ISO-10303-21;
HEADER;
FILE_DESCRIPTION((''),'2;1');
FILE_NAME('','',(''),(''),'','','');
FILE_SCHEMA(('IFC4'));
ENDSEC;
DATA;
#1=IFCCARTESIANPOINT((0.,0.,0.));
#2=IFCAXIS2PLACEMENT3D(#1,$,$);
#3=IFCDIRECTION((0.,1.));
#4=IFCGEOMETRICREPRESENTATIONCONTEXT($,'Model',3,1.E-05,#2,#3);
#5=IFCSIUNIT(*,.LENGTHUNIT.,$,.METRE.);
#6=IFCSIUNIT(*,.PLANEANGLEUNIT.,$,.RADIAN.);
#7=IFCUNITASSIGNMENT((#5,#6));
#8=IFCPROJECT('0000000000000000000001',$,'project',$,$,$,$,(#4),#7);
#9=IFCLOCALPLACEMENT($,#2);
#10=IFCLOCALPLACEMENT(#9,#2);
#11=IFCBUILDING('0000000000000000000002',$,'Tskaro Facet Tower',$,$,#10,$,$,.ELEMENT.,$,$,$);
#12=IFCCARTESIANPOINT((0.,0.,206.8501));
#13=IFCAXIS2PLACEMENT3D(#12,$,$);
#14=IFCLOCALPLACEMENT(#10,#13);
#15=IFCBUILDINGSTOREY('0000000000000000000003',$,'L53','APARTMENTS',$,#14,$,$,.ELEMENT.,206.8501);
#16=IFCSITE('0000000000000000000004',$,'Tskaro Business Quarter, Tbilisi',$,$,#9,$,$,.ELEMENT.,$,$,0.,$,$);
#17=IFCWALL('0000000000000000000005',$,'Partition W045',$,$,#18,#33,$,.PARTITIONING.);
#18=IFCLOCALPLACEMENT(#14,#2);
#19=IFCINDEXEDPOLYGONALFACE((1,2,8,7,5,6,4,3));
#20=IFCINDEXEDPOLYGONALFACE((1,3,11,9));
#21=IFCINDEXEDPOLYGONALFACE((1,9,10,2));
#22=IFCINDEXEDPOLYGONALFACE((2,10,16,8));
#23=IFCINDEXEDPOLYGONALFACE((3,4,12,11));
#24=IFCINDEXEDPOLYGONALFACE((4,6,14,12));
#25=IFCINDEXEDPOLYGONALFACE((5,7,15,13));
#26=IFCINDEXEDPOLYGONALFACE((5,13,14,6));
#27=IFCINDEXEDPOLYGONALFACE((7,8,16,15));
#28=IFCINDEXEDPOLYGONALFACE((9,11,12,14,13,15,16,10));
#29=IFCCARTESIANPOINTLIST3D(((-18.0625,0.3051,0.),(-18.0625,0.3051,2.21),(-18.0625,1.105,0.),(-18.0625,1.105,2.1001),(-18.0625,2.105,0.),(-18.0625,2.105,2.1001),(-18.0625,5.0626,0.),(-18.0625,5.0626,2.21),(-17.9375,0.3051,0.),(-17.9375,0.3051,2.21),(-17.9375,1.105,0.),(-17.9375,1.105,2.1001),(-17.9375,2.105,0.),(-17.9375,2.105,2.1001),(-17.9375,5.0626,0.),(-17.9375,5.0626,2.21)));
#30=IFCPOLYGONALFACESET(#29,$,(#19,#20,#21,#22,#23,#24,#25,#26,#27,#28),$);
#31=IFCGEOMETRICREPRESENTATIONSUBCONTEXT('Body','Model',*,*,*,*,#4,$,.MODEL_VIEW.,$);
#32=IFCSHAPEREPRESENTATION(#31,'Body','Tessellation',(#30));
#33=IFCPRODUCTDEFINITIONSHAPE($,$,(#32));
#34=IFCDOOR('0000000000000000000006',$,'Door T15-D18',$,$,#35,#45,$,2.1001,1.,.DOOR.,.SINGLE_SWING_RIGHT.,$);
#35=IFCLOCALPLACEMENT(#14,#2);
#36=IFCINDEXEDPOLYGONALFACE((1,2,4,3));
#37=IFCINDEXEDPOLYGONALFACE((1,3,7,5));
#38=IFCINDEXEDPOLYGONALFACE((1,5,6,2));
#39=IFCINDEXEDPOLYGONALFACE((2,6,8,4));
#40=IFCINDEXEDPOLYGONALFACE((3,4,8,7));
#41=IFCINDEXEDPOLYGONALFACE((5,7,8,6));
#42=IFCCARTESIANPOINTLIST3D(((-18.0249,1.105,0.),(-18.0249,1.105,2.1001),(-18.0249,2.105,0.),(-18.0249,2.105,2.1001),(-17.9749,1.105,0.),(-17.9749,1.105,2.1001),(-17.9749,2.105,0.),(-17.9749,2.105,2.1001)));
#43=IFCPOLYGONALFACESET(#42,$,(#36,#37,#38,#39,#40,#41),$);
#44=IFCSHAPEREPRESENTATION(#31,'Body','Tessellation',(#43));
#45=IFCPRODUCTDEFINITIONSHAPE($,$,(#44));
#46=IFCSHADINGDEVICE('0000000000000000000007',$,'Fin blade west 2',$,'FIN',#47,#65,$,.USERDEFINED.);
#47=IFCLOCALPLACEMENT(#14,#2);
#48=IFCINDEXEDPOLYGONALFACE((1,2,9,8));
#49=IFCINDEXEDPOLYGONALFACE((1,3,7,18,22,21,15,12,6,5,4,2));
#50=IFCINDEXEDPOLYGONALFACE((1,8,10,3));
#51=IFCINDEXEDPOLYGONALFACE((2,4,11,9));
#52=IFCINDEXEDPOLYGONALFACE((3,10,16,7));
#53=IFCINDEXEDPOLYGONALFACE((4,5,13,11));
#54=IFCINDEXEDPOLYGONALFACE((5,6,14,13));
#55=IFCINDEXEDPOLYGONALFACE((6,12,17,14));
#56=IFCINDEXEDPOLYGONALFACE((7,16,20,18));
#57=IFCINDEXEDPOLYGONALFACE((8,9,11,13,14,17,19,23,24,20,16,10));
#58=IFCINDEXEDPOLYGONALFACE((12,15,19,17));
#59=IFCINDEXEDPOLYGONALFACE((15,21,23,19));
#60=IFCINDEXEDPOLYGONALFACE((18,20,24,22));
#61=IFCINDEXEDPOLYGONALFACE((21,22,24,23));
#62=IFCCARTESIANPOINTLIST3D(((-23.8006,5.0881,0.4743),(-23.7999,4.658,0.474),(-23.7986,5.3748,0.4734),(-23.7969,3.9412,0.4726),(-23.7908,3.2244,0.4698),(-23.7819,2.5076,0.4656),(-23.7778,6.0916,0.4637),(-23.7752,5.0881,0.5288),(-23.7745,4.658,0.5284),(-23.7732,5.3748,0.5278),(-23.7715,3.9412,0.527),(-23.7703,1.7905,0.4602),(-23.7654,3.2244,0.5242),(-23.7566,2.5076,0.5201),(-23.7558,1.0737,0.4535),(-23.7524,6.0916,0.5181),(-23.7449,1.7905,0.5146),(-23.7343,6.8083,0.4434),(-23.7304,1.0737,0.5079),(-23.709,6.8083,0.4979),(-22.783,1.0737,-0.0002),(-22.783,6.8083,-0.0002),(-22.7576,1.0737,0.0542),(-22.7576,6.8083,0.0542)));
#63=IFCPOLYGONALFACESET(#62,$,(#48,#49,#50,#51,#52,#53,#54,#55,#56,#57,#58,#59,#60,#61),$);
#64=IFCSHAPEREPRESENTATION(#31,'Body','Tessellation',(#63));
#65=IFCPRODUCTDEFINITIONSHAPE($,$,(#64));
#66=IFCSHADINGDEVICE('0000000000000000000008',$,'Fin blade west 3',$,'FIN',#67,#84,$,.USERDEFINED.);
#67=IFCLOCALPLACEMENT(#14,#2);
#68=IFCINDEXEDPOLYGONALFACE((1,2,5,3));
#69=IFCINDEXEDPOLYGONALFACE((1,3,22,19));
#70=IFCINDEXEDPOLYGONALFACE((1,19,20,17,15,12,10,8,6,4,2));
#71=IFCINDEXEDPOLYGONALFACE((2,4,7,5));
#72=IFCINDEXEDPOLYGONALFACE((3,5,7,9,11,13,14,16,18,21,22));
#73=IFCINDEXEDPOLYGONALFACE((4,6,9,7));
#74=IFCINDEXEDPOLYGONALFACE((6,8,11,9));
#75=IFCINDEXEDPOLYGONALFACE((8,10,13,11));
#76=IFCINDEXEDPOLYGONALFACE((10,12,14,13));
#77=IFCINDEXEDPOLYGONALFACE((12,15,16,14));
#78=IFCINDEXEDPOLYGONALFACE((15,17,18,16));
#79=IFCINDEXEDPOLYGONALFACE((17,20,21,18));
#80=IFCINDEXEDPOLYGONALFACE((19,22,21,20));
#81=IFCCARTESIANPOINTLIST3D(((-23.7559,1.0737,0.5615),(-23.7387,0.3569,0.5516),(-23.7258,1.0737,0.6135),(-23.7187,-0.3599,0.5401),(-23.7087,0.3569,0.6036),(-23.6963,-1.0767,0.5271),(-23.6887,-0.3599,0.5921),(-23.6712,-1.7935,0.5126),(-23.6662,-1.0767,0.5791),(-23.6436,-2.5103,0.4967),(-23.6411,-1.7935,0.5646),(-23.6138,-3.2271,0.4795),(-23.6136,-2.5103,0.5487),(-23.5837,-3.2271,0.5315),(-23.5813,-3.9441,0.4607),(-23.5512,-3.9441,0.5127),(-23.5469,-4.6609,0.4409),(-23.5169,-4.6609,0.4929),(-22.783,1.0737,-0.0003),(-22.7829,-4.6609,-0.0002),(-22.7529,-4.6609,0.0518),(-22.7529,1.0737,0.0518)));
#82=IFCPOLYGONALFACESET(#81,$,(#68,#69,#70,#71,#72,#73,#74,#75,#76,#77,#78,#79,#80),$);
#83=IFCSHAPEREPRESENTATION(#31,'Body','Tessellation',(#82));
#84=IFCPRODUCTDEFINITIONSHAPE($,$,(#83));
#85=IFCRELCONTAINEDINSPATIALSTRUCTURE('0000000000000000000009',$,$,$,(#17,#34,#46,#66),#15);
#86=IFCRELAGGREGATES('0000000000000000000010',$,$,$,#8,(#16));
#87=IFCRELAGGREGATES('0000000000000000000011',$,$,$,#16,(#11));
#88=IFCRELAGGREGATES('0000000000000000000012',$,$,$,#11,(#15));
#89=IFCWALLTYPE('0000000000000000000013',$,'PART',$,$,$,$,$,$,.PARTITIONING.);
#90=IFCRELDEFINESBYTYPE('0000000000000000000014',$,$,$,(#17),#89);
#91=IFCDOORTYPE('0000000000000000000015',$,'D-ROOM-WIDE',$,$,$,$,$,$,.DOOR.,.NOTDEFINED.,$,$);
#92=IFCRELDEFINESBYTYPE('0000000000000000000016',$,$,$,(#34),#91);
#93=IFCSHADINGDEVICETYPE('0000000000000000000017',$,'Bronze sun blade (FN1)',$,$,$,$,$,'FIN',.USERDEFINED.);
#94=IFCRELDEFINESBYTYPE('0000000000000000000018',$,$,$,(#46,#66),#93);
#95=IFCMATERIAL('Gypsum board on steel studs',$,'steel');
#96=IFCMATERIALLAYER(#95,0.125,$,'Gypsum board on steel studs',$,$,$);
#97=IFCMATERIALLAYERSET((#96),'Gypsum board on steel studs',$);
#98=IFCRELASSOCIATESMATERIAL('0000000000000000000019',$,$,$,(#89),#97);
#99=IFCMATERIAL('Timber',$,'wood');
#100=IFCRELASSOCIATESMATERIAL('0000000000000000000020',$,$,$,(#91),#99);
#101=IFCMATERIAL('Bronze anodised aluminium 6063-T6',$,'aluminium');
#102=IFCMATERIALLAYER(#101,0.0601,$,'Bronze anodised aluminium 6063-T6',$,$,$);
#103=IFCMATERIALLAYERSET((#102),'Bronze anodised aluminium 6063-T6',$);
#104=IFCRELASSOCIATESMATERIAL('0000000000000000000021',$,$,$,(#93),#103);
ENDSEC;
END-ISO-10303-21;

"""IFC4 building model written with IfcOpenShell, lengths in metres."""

from ifc_helpers import new_model, si_unit, direction, frame, frame_2d, origin, place, context, subcontext, project, spatial, polyline, rectangle, outline, extrude, material, layer, layer_set, type_object, element, fill, save


model = new_model("IFC4")

# Units and contexts
model_context = context("Model", 3, precision=1e-05, world=origin(), true_north=direction((0.0, 1.0)))
body_context = subcontext(model_context, "Body", "Model", "MODEL_VIEW")
ifc_project = project(units=[si_unit("LENGTHUNIT", "METRE"), si_unit("PLANEANGLEUNIT", "RADIAN")], contexts=[model_context])

# Site, building, storey
site_placement = place(None, origin())
site = spatial("IfcSite", under=ifc_project, at=site_placement, Name="Tskaro Business Quarter, Tbilisi", CompositionType="ELEMENT", RefElevation=0.0)
building_placement = place(site_placement, origin())
building = spatial("IfcBuilding", under=site, at=building_placement, Name="Tskaro Facet Tower", CompositionType="ELEMENT")
storey_placement = place(building_placement, frame((0.0, 0.0, 206.8501)))
storey = spatial("IfcBuildingStorey", under=building, at=storey_placement, Name="L53", Description="APARTMENTS", CompositionType="ELEMENT", Elevation=206.8501)

# Shared definitions
ifc_material_1 = material(Name="Bronze anodised aluminium 6063-T6", Category="aluminium")

# Shared definitions
ifc_material_2 = material(Name="Gypsum board on steel studs", Category="steel")
ifc_layer_1 = layer(ifc_material_2, 0.125, Name="Gypsum board on steel studs")
ifc_layer_set_1 = layer_set([ifc_layer_1], Name="Gypsum board on steel studs")
wall_type = type_object("IfcWallType", Name="PART", PredefinedType="PARTITIONING", material=ifc_layer_set_1)

# Wall, opening, door
ifc_material_3 = material(Name="Timber", Category="wood")
wall_1_placement = place(storey_placement, frame((-18.0, 0.3049, 0.0), z_axis=(0.0, 0.0, 1.0), x_axis=(0.0, 1.0, 0.0)))
wall_1 = element("IfcWall", 1, at=wall_1_placement, inside=storey, type_object=wall_type, Name="Partition W045", PredefinedType="PARTITIONING", context=body_context, shape_type="SweptSolid", body=[
    extrude(rectangle(XDim=4.7576, YDim=0.125, at=frame_2d((2.3789, 0.0))), origin(), (0.0, 0.0, 1.0), 2.21),
])
opening_1_placement = place(wall_1_placement, frame((0.8, 0.0, 0.0)))
opening_1 = element("IfcOpeningElement", 2, at=opening_1_placement, cuts=wall_1, PredefinedType="OPENING", context=body_context, shape_type="SweptSolid", body=[
    extrude(rectangle(XDim=1.0, YDim=2.1001, at=frame_2d((0.5, 1.05))), frame((0.0, 0.0725, 0.0), z_axis=(0.0, -1.0, 0.0), x_axis=(1.0, 0.0, 0.0)), (0.0, 0.0, 1.0), 0.145),
])
door_type_1 = type_object("IfcDoorType", Name="D-ROOM-WIDE", OperationType="NOTDEFINED", PredefinedType="DOOR", material=ifc_material_3)
door_1_placement = place(opening_1_placement, origin())
door_1 = element("IfcDoor", 3, at=door_1_placement, inside=storey, type_object=door_type_1, Name="Door T15-D18", OperationType="SINGLE_SWING_RIGHT", OverallHeight=2.1001, OverallWidth=1.0, PredefinedType="DOOR", context=body_context, shape_type="SweptSolid", body=[
    extrude(rectangle(XDim=1.0, YDim=2.1001, at=frame_2d((0.5, 1.05))), frame((0.0, 0.0249, 0.0), z_axis=(0.0, -1.0, 0.0), x_axis=(1.0, 0.0, 0.0)), (0.0, 0.0, 1.0), 0.05),
])
fill(opening_1, door_1)

# Shading devices
ifc_layer_2 = layer(ifc_material_1, 0.0601, Name="Bronze anodised aluminium 6063-T6")
ifc_layer_set_2 = layer_set([ifc_layer_2], Name="Bronze anodised aluminium 6063-T6")
shading_device_type = type_object("IfcShadingDeviceType", Name="Bronze sun blade (FN1)", ElementType="FIN", PredefinedType="USERDEFINED", material=ifc_layer_set_2)
shading_device_1_placement = place(storey_placement, frame((-22.7576, 6.8083, 0.0542), z_axis=(0.422645, 0.0, 0.906295), x_axis=(0.0, -1.0, 0.0)))
element("IfcShadingDevice", 4, at=shading_device_1_placement, inside=storey, type_object=shading_device_type, Name="Fin blade west 2", ObjectType="FIN", PredefinedType="USERDEFINED", context=body_context, shape_type="SweptSolid", body=[
    extrude(outline(polyline([(0.0, 0.0), (5.7346, 0.0), (5.7346, -1.0735), (5.0178, -1.0894), (4.3008, -1.1023), (3.584, -1.112), (2.8672, -1.1188), (2.1504, -1.1221), (1.7202, -1.1228), (1.4336, -1.1206), (0.7168, -1.0977), (0.0, -1.0498), (0.0, 0.0)])), origin(), (0.0, 0.0, -1.0), 0.0601),
])
shading_device_2_placement = place(storey_placement, frame((-22.7529, 1.0737, 0.0518), z_axis=(0.500044, 0.000005, 0.866), x_axis=(0.000002, -1.0, 0.000004)))
element("IfcShadingDevice", 5, at=shading_device_2_placement, inside=storey, type_object=shading_device_type, Name="Fin blade west 3", ObjectType="FIN", PredefinedType="USERDEFINED", context=body_context, shape_type="SweptSolid", body=[
    extrude(outline(polyline([(0.0, 0.0), (5.7346, 0.0), (5.7346, -0.8822), (5.0178, -0.9219), (4.3008, -0.9594), (3.584, -0.9938), (2.8672, -1.0257), (2.1504, -1.0546), (1.4336, -1.0806), (0.7168, -1.1036), (0.0, -1.1234), (0.0, 0.0)])), origin(), (0.0, 0.0, -1.0), 0.0601),
])

save(model, "model.ifc")
